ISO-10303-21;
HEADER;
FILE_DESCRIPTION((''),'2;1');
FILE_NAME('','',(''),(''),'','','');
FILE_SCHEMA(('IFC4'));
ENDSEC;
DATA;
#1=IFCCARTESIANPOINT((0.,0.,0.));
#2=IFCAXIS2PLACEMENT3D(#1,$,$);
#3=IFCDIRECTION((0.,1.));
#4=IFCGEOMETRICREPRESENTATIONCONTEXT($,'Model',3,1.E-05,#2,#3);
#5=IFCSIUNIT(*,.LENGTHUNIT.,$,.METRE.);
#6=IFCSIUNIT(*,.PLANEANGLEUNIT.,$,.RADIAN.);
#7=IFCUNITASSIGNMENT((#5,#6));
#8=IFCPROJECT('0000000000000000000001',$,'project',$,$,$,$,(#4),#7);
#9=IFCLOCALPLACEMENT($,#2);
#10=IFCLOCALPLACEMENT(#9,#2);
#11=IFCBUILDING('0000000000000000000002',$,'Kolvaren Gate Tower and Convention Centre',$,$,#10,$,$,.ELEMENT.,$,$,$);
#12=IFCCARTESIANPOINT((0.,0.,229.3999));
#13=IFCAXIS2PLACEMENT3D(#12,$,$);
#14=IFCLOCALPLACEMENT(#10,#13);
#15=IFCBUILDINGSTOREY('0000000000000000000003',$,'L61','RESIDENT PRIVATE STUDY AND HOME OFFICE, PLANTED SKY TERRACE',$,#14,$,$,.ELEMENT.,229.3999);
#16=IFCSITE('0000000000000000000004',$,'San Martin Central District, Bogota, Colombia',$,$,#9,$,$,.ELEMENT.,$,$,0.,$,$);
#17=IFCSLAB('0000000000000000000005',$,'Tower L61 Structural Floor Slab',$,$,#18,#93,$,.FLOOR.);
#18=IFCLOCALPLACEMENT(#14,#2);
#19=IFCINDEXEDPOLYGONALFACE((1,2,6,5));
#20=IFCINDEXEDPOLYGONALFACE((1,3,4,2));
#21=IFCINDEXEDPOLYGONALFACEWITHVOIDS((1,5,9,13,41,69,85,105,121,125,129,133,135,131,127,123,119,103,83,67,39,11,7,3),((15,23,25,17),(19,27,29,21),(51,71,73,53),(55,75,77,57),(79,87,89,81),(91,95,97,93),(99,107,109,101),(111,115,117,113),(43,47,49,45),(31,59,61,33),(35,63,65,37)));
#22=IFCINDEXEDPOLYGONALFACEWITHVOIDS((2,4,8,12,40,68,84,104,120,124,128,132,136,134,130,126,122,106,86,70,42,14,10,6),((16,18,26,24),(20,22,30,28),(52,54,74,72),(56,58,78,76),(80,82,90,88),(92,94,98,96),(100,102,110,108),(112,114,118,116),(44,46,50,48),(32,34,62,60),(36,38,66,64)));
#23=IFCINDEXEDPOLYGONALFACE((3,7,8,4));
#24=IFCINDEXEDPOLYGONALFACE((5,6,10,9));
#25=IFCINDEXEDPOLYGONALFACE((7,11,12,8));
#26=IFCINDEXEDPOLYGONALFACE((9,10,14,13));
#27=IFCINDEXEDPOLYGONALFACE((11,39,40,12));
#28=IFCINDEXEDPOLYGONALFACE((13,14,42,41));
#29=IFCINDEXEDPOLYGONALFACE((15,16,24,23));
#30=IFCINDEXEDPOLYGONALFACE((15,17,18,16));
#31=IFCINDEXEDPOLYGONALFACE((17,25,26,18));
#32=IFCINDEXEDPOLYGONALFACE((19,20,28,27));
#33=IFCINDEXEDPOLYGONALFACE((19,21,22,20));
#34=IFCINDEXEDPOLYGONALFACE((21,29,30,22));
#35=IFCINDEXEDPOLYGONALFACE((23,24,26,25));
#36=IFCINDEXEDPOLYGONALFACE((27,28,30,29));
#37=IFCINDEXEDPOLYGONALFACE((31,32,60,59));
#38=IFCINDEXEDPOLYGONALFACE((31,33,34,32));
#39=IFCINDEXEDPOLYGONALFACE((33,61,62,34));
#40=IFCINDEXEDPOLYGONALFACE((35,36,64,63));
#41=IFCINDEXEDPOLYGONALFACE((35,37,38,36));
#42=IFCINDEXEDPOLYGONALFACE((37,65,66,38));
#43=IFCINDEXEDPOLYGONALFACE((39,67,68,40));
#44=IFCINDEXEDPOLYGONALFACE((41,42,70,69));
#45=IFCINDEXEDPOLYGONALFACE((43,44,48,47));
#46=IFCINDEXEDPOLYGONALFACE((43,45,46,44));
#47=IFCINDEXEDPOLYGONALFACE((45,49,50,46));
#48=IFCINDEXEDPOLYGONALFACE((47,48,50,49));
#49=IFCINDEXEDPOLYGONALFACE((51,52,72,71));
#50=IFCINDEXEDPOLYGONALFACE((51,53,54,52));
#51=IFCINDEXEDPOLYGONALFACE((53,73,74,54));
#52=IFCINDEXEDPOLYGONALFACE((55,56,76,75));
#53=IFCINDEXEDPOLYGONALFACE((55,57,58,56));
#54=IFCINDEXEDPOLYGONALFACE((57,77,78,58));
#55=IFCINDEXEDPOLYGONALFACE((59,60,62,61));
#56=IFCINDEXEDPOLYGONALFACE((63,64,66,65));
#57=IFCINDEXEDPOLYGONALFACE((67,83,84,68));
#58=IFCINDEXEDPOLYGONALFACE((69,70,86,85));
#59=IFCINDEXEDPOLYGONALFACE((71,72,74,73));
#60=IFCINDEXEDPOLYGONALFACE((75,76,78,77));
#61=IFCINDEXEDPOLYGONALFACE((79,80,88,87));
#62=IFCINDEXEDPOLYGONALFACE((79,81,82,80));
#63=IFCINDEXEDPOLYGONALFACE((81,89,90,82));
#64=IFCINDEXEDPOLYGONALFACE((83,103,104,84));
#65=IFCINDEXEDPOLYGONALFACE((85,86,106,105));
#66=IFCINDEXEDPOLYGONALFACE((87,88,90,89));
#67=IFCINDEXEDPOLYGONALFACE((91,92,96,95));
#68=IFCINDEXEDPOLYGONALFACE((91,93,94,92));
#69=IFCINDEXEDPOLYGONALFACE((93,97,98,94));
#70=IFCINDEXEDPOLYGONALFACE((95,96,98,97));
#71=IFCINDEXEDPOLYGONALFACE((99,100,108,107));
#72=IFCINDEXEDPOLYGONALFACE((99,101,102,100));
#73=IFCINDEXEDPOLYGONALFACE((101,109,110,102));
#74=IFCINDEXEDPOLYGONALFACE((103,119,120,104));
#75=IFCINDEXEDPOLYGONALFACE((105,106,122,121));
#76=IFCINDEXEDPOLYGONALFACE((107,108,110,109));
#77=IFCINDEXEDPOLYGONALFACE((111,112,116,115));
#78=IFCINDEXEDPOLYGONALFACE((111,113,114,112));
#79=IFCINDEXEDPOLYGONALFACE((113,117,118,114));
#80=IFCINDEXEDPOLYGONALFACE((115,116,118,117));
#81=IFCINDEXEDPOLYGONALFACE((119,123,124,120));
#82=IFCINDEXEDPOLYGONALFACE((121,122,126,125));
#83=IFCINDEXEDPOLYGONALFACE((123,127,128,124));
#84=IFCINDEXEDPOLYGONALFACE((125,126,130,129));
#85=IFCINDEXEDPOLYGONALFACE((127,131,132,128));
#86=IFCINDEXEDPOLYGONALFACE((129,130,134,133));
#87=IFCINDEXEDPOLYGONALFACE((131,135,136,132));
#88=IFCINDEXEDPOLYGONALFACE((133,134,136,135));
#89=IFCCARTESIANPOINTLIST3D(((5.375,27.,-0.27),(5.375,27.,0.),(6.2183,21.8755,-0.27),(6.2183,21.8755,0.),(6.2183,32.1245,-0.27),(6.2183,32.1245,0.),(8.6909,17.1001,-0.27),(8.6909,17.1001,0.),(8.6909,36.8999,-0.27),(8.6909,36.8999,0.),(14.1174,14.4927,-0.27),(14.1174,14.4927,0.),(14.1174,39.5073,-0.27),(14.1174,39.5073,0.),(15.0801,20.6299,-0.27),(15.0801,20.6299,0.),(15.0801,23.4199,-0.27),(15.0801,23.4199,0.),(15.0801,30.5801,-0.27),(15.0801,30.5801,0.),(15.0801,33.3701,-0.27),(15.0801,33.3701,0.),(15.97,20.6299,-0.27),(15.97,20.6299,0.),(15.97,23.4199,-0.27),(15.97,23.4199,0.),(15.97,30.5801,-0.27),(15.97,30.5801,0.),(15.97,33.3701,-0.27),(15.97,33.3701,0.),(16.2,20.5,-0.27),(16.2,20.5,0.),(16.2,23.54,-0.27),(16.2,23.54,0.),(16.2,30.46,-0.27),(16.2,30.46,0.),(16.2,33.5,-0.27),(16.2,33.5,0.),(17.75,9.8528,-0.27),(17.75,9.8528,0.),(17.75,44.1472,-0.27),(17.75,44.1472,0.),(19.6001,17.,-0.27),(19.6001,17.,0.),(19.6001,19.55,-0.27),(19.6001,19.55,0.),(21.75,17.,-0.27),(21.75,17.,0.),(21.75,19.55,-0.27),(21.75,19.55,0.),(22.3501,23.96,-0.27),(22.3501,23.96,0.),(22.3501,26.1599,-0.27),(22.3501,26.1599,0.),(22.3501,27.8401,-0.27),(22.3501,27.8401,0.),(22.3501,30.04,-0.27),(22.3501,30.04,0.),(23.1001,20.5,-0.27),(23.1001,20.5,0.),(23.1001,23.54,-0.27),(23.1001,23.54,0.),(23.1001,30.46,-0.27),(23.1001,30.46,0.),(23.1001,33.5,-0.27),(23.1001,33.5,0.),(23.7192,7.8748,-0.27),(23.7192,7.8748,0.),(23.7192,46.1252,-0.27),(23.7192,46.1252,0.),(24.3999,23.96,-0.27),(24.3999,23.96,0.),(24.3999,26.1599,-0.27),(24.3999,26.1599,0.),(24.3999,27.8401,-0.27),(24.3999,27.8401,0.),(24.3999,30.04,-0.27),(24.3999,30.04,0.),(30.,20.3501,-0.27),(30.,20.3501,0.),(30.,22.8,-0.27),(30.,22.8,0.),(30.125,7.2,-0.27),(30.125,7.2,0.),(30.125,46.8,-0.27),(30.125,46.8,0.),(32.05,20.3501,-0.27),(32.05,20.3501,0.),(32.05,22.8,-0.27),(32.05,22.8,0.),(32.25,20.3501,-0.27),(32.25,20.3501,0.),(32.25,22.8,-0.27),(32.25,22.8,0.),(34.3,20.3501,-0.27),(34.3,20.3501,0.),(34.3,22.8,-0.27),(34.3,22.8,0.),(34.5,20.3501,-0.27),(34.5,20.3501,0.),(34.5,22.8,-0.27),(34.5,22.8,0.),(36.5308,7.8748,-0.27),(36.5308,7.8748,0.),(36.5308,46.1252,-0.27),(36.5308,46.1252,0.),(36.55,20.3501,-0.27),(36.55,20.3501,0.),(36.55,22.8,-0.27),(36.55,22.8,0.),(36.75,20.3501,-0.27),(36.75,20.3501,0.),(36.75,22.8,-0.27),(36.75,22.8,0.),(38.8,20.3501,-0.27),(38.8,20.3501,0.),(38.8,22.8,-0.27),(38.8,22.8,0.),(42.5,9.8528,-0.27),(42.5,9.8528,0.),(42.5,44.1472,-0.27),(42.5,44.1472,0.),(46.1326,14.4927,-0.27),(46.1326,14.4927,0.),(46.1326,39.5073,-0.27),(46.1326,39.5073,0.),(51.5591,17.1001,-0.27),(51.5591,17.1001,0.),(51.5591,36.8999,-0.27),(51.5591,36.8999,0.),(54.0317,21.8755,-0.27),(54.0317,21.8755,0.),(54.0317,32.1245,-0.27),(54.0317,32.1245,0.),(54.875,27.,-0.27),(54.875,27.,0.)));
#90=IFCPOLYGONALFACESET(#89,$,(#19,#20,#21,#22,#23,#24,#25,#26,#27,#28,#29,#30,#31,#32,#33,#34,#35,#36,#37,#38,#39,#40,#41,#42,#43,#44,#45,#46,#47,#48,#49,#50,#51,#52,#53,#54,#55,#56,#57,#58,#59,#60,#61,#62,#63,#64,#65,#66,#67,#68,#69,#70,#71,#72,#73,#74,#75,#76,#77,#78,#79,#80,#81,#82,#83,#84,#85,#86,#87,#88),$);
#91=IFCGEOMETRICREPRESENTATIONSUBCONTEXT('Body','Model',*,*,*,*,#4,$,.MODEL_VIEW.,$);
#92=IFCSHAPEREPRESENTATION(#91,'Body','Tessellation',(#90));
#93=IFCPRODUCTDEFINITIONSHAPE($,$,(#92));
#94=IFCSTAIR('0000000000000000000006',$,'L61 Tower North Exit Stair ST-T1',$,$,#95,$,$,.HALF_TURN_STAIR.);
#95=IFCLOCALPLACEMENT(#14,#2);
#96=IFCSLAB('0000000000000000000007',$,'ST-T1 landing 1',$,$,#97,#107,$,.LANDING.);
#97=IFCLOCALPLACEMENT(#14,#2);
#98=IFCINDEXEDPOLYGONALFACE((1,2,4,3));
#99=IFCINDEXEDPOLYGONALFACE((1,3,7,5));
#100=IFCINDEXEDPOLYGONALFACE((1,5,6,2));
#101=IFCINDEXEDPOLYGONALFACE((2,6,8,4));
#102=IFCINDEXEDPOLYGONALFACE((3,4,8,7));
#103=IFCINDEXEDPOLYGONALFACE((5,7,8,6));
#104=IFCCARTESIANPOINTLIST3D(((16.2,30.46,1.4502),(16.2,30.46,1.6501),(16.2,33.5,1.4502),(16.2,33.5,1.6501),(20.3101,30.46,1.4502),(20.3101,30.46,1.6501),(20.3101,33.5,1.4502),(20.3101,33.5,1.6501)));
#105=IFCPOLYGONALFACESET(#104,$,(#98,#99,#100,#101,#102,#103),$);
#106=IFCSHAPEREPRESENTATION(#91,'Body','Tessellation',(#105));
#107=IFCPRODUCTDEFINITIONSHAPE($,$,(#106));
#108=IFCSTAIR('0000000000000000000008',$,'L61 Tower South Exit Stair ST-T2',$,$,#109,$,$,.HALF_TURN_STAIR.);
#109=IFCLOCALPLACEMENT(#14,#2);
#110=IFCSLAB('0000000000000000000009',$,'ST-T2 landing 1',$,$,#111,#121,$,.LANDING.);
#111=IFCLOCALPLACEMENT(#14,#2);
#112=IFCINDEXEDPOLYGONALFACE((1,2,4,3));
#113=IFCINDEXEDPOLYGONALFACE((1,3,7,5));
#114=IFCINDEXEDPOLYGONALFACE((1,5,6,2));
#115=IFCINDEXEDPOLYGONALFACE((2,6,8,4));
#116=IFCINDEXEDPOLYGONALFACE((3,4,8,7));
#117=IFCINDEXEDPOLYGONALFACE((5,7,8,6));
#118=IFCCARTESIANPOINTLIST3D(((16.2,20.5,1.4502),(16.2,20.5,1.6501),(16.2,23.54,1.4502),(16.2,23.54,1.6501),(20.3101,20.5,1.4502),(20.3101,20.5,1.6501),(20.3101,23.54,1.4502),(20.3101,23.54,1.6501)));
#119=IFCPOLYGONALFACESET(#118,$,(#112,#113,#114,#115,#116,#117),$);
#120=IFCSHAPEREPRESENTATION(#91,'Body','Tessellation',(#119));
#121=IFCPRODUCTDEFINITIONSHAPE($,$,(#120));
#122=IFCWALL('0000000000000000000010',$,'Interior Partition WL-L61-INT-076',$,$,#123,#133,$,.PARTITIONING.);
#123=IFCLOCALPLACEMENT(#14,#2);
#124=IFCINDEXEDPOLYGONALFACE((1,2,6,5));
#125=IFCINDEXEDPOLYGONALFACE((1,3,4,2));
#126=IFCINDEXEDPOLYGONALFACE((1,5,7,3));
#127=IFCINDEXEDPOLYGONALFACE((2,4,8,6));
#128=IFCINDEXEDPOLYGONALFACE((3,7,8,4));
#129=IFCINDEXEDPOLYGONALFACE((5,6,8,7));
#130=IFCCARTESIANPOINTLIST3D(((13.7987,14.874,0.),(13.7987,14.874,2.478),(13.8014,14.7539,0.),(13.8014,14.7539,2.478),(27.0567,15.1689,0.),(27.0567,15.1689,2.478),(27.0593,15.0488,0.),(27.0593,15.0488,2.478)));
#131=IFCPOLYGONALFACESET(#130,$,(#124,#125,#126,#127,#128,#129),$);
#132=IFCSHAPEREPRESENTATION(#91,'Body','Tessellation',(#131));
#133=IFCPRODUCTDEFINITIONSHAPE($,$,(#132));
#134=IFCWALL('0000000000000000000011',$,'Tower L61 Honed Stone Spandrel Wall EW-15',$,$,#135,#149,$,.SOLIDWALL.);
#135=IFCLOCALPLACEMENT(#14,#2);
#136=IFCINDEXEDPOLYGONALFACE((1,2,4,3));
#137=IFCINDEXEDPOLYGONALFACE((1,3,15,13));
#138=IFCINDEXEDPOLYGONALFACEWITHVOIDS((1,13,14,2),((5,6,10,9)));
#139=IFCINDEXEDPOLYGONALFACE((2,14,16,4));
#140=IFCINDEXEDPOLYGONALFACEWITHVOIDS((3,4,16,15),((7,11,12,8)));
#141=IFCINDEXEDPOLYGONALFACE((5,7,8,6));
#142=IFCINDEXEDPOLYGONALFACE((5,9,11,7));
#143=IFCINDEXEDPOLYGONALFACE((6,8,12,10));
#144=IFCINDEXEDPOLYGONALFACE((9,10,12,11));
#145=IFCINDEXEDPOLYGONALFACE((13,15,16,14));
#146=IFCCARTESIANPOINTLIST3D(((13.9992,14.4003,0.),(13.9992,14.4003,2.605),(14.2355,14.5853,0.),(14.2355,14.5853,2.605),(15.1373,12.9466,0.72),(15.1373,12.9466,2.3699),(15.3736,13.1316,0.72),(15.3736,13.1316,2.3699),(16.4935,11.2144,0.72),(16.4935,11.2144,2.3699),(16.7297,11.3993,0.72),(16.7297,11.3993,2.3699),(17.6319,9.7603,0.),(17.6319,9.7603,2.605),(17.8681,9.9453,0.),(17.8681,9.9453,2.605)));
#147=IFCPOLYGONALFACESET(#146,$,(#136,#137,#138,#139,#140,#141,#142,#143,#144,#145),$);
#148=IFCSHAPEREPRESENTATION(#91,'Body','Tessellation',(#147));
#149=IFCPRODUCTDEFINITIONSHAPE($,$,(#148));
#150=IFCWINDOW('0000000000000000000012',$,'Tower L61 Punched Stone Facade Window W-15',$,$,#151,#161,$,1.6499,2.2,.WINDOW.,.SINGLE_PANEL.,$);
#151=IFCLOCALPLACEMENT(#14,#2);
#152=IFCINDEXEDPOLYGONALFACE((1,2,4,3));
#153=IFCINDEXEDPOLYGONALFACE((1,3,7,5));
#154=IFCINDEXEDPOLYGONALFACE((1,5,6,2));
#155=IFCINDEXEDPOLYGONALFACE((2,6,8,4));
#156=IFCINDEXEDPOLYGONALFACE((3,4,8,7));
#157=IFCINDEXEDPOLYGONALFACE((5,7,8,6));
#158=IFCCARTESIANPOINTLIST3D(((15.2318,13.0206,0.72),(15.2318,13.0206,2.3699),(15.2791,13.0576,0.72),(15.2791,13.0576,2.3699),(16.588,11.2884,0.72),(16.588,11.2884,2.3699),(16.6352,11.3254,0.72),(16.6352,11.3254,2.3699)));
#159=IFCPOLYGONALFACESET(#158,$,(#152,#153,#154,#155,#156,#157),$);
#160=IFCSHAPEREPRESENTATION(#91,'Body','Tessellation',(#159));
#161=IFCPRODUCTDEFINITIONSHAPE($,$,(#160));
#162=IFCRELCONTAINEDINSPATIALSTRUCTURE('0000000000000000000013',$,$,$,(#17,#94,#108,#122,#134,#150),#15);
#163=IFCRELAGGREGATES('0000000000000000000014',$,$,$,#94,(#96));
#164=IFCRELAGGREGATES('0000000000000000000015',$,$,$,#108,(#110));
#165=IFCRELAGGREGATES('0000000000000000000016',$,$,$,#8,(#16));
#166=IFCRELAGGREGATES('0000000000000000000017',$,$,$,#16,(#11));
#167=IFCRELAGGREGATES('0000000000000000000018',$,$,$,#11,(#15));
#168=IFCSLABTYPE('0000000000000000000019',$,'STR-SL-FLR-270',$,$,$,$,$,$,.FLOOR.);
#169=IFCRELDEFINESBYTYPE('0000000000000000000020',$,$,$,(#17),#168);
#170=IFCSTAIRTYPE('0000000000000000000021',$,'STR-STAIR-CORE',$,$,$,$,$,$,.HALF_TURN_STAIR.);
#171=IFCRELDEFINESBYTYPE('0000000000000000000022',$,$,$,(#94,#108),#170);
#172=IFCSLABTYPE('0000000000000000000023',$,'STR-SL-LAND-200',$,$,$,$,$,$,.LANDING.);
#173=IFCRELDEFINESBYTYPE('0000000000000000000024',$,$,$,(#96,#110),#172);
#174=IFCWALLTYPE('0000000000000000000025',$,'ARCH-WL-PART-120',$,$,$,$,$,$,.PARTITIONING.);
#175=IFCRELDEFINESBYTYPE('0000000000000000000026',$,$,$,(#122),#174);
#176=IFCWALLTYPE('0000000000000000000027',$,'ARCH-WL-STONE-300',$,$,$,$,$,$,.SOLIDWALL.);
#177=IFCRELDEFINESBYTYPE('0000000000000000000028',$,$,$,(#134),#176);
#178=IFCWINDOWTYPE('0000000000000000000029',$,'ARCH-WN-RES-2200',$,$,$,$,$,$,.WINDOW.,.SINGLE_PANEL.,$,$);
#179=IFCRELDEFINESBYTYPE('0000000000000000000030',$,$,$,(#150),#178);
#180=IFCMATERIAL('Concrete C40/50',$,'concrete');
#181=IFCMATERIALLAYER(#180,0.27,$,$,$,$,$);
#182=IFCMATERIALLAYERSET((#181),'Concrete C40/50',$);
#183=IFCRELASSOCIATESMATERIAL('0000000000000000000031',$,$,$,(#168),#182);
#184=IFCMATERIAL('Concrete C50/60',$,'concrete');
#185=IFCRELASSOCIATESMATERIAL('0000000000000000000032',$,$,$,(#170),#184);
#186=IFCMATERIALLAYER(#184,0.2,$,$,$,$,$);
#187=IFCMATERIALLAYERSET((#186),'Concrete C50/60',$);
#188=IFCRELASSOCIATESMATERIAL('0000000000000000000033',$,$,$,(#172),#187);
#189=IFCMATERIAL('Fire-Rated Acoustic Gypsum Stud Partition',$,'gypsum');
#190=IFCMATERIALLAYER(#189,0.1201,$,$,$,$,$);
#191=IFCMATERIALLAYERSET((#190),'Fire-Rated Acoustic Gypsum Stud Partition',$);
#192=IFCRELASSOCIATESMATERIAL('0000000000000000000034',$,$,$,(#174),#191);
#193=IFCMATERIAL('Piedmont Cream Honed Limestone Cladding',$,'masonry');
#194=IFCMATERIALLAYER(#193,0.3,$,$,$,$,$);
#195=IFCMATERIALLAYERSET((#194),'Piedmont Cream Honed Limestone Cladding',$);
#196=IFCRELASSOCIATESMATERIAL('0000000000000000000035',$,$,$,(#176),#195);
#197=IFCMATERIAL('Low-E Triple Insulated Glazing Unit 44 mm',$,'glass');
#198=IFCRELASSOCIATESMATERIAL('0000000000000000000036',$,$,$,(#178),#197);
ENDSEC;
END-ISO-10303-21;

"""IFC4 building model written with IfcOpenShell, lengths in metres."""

from ifc_helpers import new_model, si_unit, direction, frame, frame_2d, origin, place, context, subcontext, project, spatial, polyline, rectangle, outline, extrude, material, layer, layer_set, type_object, element, fill, aggregate, save


model = new_model("IFC4")

# Units and contexts
model_context = context("Model", 3, precision=1e-05, world=origin(), true_north=direction((0.0, 1.0)))
body_context = subcontext(model_context, "Body", "Model", "MODEL_VIEW")
ifc_project = project(units=[si_unit("LENGTHUNIT", "METRE"), si_unit("PLANEANGLEUNIT", "RADIAN")], contexts=[model_context])

# Site, building, storey
site_placement = place(None, origin())
site = spatial("IfcSite", under=ifc_project, at=site_placement, Name="San Martin Central District, Bogota, Colombia", CompositionType="ELEMENT", RefElevation=0.0)
building_placement = place(site_placement, origin())
building = spatial("IfcBuilding", under=site, at=building_placement, Name="Kolvaren Gate Tower and Convention Centre", CompositionType="ELEMENT")
storey_placement = place(building_placement, frame((0.0, 0.0, 229.3999)))
storey = spatial("IfcBuildingStorey", under=building, at=storey_placement, Name="L61", Description="RESIDENT PRIVATE STUDY AND HOME OFFICE, PLANTED SKY TERRACE", CompositionType="ELEMENT", Elevation=229.3999)

# Slab
ifc_material_1 = material(Name="Concrete C50/60", Category="concrete")
ifc_material_2 = material(Name="Concrete C40/50", Category="concrete")
ifc_layer_1 = layer(ifc_material_2, 0.27)
ifc_layer_set_1 = layer_set([ifc_layer_1], Name="Concrete C40/50")
slab_type_1 = type_object("IfcSlabType", Name="STR-SL-FLR-270", PredefinedType="FLOOR", material=ifc_layer_set_1)
slab_1_placement = place(storey_placement, frame((0.0, 0.0, -0.27)))
element("IfcSlab", 1, at=slab_1_placement, inside=storey, type_object=slab_type_1, Name="Tower L61 Structural Floor Slab", PredefinedType="FLOOR", context=body_context, shape_type="SweptSolid", body=[
    extrude(outline(polyline([(54.875, 27.0), (54.0317, 32.1245), (51.5591, 36.8999), (46.1326, 39.5073), (42.5, 44.1472), (36.5308, 46.1252), (30.125, 46.8), (23.7192, 46.1252), (17.75, 44.1472), (14.1174, 39.5073), (8.6909, 36.8999), (6.2183, 32.1245), (5.375, 27.0), (6.2183, 21.8755), (8.6909, 17.1001), (14.1174, 14.4927), (17.75, 9.8528), (23.7192, 7.8748), (30.125, 7.2), (36.5308, 7.8748), (42.5, 9.8528), (46.1326, 14.4927), (51.5591, 17.1001), (54.0317, 21.8755), (54.875, 27.0)]), holes=[polyline([(36.75, 20.3501), (36.75, 22.8), (38.8, 22.8), (38.8, 20.3501), (36.75, 20.3501)]), polyline([(36.55, 20.3501), (34.5, 20.3501), (34.5, 22.8), (36.55, 22.8), (36.55, 20.3501)]), polyline([(32.25, 20.3501), (32.25, 22.8), (34.3, 22.8), (34.3, 20.3501), (32.25, 20.3501)]), polyline([(30.0, 20.3501), (30.0, 22.8), (32.05, 22.8), (32.05, 20.3501), (30.0, 20.3501)]), polyline([(22.3501, 23.96), (22.3501, 26.1599), (24.3999, 26.1599), (24.3999, 23.96), (22.3501, 23.96)]), polyline([(22.3501, 27.8401), (22.3501, 30.04), (24.3999, 30.04), (24.3999, 27.8401), (22.3501, 27.8401)]), polyline([(16.2, 23.54), (23.1001, 23.54), (23.1001, 20.5), (16.2, 20.5), (16.2, 23.54)]), polyline([(16.2, 33.5), (23.1001, 33.5), (23.1001, 30.46), (16.2, 30.46), (16.2, 33.5)]), polyline([(21.75, 17.0), (19.6001, 17.0), (19.6001, 19.55), (21.75, 19.55), (21.75, 17.0)]), polyline([(15.0801, 30.5801), (15.0801, 33.3701), (15.97, 33.3701), (15.97, 30.5801), (15.0801, 30.5801)]), polyline([(15.97, 20.6299), (15.0801, 20.6299), (15.0801, 23.4199), (15.97, 23.4199), (15.97, 20.6299)])]), origin(), (0.0, 0.0, 1.0), 0.27),
])

# Stairs, slabs
stair_type = type_object("IfcStairType", Name="STR-STAIR-CORE", PredefinedType="HALF_TURN_STAIR", material=ifc_material_1)
stair_1_placement = place(storey_placement, origin())
stair_1 = element("IfcStair", 2, at=stair_1_placement, inside=storey, type_object=stair_type, Name="L61 Tower North Exit Stair ST-T1", PredefinedType="HALF_TURN_STAIR")
ifc_layer_2 = layer(ifc_material_1, 0.2)
ifc_layer_set_2 = layer_set([ifc_layer_2], Name="Concrete C50/60")
slab_type_2 = type_object("IfcSlabType", Name="STR-SL-LAND-200", PredefinedType="LANDING", material=ifc_layer_set_2)
slab_2_placement = place(storey_placement, frame((0.0, 0.0, 1.4502)))
slab_2 = element("IfcSlab", 3, at=slab_2_placement, type_object=slab_type_2, Name="ST-T1 landing 1", PredefinedType="LANDING", context=body_context, shape_type="SweptSolid", body=[
    extrude(outline(polyline([(20.3101, 33.5), (16.2, 33.5), (16.2, 30.46), (20.3101, 30.46), (20.3101, 33.5)])), origin(), (0.0, 0.0, 1.0), 0.2),
])
aggregate(stair_1, [slab_2])
stair_2_placement = place(storey_placement, origin())
stair_2 = element("IfcStair", 4, at=stair_2_placement, inside=storey, type_object=stair_type, Name="L61 Tower South Exit Stair ST-T2", PredefinedType="HALF_TURN_STAIR")
slab_3_placement = place(storey_placement, frame((0.0, 0.0, 1.4502)))
slab_3 = element("IfcSlab", 5, at=slab_3_placement, type_object=slab_type_2, Name="ST-T2 landing 1", PredefinedType="LANDING", context=body_context, shape_type="SweptSolid", body=[
    extrude(outline(polyline([(20.3101, 23.54), (16.2, 23.54), (16.2, 20.5), (20.3101, 20.5), (20.3101, 23.54)])), origin(), (0.0, 0.0, 1.0), 0.2),
])
aggregate(stair_2, [slab_3])

# Wall
ifc_material_3 = material(Name="Fire-Rated Acoustic Gypsum Stud Partition", Category="gypsum")
ifc_layer_3 = layer(ifc_material_3, 0.1201)
ifc_layer_set_3 = layer_set([ifc_layer_3], Name="Fire-Rated Acoustic Gypsum Stud Partition")
wall_type_1 = type_object("IfcWallType", Name="ARCH-WL-PART-120", PredefinedType="PARTITIONING", material=ifc_layer_set_3)
wall_1_placement = place(storey_placement, frame((13.8, 14.814, 0.0), z_axis=(0.0, 0.0, 1.0), x_axis=(0.999753, 0.022239, 0.0)))
element("IfcWall", 6, at=wall_1_placement, inside=storey, type_object=wall_type_1, Name="Interior Partition WL-L61-INT-076", PredefinedType="PARTITIONING", context=body_context, shape_type="SweptSolid", body=[
    extrude(rectangle(XDim=13.2612, YDim=0.1201, at=frame_2d((6.6306, 0.0))), origin(), (0.0, 0.0, 1.0), 2.478),
])

# Wall, opening, window
ifc_material_4 = material(Name="Piedmont Cream Honed Limestone Cladding", Category="masonry")
ifc_layer_4 = layer(ifc_material_4, 0.3)
ifc_layer_set_4 = layer_set([ifc_layer_4], Name="Piedmont Cream Honed Limestone Cladding")
wall_type_2 = type_object("IfcWallType", Name="ARCH-WL-STONE-300", PredefinedType="SOLIDWALL", material=ifc_layer_set_4)
wall_2_placement = place(storey_placement, frame((14.1174, 14.4927, 0.0), z_axis=(0.0, 0.0, 1.0), x_axis=(0.61645, -0.787394, 0.0)))
wall_2 = element("IfcWall", 7, at=wall_2_placement, inside=storey, type_object=wall_type_2, Name="Tower L61 Honed Stone Spandrel Wall EW-15", PredefinedType="SOLIDWALL", context=body_context, shape_type="SweptSolid", body=[
    extrude(rectangle(XDim=5.8928, YDim=0.3, at=frame_2d((2.9463, 0.0))), origin(), (0.0, 0.0, 1.0), 2.605),
])
opening_1_placement = place(wall_2_placement, frame((1.8459, 0.0, 0.72)))
opening_1 = element("IfcOpeningElement", 8, at=opening_1_placement, cuts=wall_2, PredefinedType="OPENING", context=body_context, shape_type="SweptSolid", body=[
    extrude(rectangle(XDim=2.2, YDim=1.6499, at=frame_2d((1.1001, 0.825))), frame((0.0, 0.1599, 0.0), z_axis=(0.0, -1.0, 0.0), x_axis=(1.0, 0.0, 0.0)), (0.0, 0.0, 1.0), 0.3201),
])
ifc_material_5 = material(Name="Low-E Triple Insulated Glazing Unit 44 mm", Category="glass")
window_type = type_object("IfcWindowType", Name="ARCH-WN-RES-2200", PartitioningType="SINGLE_PANEL", PredefinedType="WINDOW", material=ifc_material_5)
window_1_placement = place(opening_1_placement, origin())
window_1 = element("IfcWindow", 9, at=window_1_placement, inside=storey, type_object=window_type, Name="Tower L61 Punched Stone Facade Window W-15", OverallHeight=1.6499, OverallWidth=2.2, PartitioningType="SINGLE_PANEL", PredefinedType="WINDOW", context=body_context, shape_type="SweptSolid", body=[
    extrude(rectangle(XDim=2.2, YDim=1.6499, at=frame_2d((1.1001, 0.825))), frame((0.0, 0.03, 0.0), z_axis=(0.0, -1.0, 0.0), x_axis=(1.0, 0.0, 0.0)), (0.0, 0.0, 1.0), 0.0601),
])
fill(opening_1, window_1)

save(model, "model.ifc")
